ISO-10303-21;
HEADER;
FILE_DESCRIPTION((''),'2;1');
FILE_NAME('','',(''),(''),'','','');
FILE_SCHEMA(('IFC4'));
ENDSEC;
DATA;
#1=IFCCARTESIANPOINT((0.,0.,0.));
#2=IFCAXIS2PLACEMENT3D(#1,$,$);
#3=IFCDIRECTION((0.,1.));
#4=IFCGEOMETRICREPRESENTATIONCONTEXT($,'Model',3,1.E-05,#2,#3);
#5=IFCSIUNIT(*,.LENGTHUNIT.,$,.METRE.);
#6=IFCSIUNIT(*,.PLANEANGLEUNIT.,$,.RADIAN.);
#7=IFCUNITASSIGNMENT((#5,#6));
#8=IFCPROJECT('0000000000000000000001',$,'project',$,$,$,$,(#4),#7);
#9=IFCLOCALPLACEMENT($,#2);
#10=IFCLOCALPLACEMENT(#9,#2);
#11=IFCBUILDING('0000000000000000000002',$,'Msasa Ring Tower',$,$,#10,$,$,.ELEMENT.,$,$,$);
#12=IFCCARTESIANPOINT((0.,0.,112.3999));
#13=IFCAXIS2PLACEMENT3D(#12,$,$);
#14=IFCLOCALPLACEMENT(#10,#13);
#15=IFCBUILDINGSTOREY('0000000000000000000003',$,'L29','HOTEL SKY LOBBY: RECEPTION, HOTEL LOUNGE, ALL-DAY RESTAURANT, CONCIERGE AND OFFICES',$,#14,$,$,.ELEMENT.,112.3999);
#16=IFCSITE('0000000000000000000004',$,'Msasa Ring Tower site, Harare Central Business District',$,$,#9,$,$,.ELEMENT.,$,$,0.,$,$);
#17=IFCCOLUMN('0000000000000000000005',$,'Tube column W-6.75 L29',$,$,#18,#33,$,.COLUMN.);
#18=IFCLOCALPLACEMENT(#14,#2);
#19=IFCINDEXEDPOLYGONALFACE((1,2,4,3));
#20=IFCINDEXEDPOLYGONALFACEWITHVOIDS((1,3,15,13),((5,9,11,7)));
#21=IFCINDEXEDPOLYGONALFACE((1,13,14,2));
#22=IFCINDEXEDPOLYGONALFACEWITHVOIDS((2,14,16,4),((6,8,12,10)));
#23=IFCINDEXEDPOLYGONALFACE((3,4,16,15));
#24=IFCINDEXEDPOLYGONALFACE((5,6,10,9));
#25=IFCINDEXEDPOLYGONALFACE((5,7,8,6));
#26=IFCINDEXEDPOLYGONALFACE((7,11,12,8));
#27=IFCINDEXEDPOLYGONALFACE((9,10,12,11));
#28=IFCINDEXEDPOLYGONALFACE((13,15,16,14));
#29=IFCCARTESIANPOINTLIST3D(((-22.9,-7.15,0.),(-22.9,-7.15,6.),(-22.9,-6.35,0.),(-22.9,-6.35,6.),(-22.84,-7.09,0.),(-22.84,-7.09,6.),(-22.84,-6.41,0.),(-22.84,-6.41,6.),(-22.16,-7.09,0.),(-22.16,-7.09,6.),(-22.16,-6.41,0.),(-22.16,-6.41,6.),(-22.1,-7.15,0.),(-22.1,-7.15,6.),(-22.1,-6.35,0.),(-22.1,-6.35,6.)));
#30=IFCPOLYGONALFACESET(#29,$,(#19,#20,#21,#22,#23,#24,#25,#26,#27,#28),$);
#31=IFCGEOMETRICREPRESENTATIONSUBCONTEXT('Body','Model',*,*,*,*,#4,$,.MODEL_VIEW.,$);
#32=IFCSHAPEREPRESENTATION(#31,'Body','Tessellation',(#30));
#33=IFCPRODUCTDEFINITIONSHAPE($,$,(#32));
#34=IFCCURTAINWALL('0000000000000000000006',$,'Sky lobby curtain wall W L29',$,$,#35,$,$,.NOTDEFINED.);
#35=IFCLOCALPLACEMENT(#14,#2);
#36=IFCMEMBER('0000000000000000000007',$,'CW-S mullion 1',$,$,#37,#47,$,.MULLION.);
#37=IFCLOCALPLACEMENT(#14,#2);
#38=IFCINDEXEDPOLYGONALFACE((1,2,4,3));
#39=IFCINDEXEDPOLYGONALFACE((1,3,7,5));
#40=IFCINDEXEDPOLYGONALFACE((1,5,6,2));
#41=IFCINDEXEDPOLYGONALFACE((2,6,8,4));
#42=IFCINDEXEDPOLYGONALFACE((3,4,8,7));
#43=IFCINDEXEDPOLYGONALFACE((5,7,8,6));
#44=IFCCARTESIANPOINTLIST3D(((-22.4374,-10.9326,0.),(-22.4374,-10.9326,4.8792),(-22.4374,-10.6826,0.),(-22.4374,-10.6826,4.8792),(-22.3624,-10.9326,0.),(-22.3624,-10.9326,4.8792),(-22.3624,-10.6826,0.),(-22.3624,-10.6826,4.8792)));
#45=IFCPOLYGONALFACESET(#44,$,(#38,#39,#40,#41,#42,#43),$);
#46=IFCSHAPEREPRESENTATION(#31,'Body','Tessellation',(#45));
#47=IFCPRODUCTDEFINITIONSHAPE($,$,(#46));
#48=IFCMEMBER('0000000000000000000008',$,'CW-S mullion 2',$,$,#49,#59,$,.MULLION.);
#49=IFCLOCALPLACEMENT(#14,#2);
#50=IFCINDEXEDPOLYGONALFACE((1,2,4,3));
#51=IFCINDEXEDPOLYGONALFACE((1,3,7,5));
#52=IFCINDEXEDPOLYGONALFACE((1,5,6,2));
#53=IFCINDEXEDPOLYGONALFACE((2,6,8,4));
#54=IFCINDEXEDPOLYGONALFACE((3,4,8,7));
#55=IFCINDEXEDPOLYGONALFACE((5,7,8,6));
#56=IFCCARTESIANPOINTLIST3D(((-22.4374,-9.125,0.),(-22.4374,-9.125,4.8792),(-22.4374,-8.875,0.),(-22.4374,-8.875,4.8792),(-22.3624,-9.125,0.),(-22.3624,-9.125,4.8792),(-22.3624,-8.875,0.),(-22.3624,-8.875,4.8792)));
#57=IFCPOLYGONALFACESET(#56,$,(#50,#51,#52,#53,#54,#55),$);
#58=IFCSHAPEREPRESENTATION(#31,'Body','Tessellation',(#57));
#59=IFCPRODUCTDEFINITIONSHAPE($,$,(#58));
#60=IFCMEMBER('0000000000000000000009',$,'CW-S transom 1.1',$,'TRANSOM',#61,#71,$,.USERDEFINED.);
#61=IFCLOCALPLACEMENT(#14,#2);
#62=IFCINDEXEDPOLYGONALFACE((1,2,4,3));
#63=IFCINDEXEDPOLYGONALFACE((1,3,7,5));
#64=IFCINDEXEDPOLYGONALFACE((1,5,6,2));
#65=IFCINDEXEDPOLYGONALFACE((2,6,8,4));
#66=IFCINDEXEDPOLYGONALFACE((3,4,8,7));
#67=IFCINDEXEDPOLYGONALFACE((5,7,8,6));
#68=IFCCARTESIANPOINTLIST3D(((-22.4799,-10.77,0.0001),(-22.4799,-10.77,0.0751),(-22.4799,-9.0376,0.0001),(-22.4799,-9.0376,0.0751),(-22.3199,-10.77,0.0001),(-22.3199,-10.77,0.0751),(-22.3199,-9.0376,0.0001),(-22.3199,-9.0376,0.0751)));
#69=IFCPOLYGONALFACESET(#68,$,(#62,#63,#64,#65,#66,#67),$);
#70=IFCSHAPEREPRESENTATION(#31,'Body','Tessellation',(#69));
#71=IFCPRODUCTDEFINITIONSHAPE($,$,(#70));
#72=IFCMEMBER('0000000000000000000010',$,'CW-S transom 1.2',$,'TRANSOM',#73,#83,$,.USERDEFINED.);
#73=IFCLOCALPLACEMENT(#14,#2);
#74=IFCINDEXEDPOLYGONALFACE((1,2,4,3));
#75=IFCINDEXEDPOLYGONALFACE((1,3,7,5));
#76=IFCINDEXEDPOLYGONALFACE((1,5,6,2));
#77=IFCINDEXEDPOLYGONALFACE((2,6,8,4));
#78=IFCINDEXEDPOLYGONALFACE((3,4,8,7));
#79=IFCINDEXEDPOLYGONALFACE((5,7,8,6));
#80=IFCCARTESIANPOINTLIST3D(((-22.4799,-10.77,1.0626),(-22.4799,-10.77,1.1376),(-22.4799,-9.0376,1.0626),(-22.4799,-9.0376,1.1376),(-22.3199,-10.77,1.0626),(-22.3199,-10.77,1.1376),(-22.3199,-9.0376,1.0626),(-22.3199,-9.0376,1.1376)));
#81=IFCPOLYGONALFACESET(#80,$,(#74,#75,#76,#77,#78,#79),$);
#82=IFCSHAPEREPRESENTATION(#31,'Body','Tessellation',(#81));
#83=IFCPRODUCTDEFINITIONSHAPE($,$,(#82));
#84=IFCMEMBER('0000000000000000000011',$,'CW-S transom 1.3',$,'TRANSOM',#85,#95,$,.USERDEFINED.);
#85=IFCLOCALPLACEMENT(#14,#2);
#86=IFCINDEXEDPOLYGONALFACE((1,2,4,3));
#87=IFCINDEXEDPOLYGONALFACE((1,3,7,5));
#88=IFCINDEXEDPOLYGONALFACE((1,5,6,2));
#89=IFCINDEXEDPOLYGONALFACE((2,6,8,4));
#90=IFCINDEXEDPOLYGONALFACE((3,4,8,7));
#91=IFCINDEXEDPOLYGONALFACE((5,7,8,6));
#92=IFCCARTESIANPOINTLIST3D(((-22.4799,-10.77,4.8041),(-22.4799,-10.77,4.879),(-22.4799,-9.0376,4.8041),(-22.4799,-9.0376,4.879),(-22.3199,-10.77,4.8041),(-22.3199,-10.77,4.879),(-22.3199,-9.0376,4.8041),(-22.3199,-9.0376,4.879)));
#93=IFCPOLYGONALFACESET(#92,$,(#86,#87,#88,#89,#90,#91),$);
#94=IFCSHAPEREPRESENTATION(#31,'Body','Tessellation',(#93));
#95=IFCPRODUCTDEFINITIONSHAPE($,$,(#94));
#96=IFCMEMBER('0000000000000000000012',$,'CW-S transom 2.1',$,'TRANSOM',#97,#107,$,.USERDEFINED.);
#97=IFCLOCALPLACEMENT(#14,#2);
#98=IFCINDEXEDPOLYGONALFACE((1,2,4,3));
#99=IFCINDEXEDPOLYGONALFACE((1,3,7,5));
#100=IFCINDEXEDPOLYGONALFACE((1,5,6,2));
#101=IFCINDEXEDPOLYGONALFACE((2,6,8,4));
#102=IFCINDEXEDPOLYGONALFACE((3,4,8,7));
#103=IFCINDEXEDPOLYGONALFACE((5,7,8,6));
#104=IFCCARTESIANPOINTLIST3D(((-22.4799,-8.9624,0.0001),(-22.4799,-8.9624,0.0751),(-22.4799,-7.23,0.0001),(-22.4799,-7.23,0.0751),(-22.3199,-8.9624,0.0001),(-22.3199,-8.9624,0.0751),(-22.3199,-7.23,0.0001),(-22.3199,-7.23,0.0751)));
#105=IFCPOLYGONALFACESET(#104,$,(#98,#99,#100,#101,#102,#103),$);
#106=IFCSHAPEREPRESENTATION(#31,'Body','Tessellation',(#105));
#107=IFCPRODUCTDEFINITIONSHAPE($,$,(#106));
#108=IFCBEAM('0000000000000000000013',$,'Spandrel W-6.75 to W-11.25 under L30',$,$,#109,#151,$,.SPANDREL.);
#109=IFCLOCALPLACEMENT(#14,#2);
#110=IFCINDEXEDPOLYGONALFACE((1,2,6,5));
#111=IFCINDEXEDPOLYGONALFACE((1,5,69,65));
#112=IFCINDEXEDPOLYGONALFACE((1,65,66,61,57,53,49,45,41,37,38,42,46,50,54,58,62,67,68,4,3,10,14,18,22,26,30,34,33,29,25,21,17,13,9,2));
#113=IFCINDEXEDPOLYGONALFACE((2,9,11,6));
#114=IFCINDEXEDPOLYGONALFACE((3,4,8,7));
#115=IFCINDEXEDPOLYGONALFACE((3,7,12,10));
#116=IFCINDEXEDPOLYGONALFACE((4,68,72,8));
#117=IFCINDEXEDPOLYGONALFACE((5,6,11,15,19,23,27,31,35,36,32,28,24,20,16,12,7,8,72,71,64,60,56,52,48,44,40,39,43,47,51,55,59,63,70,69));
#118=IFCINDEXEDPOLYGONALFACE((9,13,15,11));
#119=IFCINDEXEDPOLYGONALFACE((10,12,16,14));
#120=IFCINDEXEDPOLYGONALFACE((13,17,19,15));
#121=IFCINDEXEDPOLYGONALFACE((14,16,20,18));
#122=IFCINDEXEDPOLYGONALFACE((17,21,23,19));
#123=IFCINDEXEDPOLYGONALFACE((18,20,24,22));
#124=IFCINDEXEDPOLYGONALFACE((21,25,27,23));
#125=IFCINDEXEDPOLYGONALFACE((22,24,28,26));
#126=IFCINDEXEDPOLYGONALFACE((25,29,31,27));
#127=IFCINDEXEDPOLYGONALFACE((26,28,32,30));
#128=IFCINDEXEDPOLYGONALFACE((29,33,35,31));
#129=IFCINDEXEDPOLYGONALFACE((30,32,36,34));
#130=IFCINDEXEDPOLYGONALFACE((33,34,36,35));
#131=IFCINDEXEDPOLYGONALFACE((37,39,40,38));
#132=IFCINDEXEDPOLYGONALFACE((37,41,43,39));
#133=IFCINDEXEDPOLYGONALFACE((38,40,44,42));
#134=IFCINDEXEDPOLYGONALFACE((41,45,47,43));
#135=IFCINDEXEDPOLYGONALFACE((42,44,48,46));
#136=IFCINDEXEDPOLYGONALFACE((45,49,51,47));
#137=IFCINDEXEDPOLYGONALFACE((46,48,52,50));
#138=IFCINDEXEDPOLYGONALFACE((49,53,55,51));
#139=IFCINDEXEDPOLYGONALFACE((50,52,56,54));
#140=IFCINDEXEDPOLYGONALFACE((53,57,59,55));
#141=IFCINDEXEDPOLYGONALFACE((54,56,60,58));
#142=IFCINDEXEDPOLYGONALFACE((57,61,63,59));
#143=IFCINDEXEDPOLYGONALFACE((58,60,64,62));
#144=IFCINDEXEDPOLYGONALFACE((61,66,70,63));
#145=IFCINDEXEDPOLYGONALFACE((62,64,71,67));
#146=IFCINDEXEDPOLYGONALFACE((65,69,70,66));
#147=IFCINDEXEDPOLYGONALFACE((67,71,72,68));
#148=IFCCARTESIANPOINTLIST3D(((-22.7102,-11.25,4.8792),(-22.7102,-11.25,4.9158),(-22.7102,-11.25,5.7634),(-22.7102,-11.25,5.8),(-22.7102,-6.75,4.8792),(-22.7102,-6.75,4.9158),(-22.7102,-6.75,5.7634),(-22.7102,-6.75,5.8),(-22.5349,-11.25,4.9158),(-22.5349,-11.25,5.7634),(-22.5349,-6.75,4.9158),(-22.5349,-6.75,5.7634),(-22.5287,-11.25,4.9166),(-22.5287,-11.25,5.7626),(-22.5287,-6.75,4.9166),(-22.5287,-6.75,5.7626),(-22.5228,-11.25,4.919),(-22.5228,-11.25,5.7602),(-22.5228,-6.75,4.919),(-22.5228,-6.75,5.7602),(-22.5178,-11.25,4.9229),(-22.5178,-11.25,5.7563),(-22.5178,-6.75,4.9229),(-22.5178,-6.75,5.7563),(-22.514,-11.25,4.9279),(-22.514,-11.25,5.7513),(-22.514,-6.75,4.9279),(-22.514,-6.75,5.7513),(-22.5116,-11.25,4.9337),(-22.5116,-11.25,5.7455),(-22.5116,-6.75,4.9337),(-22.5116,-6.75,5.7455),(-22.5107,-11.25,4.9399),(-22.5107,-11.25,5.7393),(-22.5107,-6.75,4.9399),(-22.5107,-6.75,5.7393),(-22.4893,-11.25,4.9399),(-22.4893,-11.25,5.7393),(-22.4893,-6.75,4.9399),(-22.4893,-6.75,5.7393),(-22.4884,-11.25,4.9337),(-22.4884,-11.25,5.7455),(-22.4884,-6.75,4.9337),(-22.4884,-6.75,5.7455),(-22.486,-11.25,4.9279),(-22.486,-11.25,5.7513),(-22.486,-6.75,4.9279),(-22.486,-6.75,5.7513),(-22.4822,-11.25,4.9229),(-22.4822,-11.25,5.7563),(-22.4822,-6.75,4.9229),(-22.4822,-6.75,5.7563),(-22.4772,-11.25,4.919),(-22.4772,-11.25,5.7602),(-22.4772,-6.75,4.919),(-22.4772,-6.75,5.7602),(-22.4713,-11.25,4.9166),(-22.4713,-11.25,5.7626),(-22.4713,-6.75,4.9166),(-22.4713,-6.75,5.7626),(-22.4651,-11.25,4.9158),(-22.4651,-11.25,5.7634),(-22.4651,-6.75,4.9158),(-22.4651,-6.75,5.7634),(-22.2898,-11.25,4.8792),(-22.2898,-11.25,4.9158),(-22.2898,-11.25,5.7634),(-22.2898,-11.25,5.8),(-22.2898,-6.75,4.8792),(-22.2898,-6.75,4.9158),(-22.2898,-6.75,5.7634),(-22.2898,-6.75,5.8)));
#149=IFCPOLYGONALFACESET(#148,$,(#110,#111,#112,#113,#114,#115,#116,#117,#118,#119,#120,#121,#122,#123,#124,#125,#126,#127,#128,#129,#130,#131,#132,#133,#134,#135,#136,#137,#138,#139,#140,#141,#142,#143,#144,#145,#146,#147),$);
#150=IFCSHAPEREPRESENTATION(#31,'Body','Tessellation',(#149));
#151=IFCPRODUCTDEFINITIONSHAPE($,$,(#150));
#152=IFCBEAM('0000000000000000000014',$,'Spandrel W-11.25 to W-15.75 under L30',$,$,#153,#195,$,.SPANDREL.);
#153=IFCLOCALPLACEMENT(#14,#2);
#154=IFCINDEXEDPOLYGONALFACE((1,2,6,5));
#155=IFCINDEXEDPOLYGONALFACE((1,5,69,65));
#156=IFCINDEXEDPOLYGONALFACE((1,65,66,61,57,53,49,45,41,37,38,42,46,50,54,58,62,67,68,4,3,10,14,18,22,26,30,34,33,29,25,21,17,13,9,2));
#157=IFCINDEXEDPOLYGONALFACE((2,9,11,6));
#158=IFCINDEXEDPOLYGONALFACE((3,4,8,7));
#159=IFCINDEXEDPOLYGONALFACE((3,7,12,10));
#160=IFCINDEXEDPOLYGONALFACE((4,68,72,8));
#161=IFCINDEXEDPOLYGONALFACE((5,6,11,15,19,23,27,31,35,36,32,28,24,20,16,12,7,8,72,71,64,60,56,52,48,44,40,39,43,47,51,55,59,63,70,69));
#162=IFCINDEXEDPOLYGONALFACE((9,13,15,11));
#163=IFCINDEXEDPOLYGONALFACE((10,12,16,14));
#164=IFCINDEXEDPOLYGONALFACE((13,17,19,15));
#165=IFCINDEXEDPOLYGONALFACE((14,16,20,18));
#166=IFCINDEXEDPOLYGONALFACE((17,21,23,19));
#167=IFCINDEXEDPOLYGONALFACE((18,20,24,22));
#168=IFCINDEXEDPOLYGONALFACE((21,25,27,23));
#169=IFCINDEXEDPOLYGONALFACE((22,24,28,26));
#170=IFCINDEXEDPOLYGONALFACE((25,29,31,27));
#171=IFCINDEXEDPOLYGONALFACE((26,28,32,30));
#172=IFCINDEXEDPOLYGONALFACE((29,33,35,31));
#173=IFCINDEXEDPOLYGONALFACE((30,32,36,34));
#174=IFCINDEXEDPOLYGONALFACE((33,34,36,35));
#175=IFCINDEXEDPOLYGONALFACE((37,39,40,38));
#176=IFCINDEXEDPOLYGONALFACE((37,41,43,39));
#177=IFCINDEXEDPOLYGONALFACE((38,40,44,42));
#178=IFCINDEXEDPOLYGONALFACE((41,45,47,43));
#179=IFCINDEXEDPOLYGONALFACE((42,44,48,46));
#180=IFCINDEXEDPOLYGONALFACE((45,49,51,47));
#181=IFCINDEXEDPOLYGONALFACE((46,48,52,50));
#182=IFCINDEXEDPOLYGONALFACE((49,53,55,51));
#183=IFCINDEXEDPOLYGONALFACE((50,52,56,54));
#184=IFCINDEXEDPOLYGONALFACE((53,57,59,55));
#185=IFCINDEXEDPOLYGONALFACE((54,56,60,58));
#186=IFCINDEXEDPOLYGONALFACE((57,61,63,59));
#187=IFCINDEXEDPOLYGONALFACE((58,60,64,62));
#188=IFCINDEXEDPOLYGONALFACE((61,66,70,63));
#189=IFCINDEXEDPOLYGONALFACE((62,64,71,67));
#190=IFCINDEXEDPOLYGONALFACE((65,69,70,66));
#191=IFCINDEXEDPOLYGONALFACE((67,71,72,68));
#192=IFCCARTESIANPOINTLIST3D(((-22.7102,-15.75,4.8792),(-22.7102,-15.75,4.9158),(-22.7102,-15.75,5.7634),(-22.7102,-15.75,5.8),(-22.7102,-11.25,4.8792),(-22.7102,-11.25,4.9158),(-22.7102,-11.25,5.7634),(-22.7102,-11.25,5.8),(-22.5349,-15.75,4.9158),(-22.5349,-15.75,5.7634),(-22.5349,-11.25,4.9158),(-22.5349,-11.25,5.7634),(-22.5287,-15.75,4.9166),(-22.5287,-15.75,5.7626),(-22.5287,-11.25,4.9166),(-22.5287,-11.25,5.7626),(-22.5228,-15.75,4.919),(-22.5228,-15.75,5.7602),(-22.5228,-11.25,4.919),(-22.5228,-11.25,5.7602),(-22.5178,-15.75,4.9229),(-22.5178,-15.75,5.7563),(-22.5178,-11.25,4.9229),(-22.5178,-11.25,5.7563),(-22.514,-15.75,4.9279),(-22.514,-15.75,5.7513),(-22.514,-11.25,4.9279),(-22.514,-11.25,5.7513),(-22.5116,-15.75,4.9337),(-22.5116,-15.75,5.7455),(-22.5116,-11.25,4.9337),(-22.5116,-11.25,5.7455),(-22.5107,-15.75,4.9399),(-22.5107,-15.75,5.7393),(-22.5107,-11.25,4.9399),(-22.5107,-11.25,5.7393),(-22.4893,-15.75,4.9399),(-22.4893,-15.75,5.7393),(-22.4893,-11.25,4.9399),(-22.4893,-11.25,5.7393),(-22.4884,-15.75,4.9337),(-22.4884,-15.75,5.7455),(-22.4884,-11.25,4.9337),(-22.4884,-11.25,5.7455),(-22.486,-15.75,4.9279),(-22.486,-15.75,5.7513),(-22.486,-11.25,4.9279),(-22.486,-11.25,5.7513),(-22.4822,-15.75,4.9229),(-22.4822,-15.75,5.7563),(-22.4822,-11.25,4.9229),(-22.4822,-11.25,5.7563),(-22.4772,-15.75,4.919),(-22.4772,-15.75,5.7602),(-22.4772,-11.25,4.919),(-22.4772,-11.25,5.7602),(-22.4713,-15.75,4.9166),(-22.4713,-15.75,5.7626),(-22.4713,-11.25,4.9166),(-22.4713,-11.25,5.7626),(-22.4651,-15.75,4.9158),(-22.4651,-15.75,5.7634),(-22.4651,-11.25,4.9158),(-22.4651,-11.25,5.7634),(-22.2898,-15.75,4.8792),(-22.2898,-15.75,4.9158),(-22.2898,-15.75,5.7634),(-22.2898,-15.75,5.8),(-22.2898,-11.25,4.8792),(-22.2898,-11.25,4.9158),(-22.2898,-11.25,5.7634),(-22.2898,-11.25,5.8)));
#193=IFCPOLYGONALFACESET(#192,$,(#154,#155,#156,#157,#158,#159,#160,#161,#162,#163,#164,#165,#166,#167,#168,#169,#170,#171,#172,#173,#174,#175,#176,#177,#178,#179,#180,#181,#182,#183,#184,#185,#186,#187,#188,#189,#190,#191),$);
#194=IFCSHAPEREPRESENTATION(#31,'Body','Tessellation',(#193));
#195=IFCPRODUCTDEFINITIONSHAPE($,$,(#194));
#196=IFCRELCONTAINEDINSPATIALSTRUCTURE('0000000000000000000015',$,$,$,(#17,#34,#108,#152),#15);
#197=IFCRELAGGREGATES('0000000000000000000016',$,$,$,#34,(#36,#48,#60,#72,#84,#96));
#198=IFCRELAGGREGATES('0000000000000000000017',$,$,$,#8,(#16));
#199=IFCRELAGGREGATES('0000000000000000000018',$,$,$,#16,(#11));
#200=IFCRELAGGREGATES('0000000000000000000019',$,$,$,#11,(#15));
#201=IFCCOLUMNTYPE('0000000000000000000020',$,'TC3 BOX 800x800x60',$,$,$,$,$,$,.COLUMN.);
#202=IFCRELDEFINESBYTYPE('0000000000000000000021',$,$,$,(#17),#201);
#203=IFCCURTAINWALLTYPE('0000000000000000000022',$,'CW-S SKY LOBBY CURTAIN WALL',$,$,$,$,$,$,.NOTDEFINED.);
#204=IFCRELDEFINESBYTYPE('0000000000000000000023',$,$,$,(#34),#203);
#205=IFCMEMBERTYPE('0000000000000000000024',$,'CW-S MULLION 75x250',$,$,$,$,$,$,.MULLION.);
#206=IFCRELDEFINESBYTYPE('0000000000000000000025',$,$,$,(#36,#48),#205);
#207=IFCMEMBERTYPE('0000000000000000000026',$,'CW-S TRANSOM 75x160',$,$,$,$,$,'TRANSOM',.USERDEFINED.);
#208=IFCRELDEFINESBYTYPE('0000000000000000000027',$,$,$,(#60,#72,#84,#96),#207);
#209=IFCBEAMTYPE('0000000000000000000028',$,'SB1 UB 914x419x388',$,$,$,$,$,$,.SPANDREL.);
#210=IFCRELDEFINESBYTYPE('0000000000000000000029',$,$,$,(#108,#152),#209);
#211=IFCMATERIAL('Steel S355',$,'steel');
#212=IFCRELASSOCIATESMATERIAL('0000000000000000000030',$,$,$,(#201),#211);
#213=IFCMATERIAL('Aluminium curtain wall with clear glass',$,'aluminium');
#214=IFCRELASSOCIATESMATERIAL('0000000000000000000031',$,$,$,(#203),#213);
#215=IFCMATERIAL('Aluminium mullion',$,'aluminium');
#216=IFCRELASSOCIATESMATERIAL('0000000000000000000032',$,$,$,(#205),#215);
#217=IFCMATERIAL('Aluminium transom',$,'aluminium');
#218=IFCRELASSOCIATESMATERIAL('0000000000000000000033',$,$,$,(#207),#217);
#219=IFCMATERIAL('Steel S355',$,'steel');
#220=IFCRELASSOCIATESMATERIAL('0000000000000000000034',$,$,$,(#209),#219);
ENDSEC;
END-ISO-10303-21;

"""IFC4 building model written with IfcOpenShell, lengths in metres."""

from ifc_helpers import new_model, si_unit, direction, frame, origin, origin_2d, place, context, subcontext, project, spatial, rectangle, hollow_rectangle, i_section, extrude, material, material_profile, profile_set, type_object, element, aggregate, save


model = new_model("IFC4")

# Units and contexts
model_context = context("Model", 3, precision=1e-05, world=origin(), true_north=direction((0.0, 1.0)))
body_context = subcontext(model_context, "Body", "Model", "MODEL_VIEW")
ifc_project = project(units=[si_unit("LENGTHUNIT", "METRE"), si_unit("PLANEANGLEUNIT", "RADIAN")], contexts=[model_context])

# Site, building, storey
site_placement = place(None, origin())
site = spatial("IfcSite", under=ifc_project, at=site_placement, Name="Msasa Ring Tower site, Harare Central Business District", CompositionType="ELEMENT", RefElevation=0.0)
building_placement = place(site_placement, origin())
building = spatial("IfcBuilding", under=site, at=building_placement, Name="Msasa Ring Tower", CompositionType="ELEMENT")
storey_placement = place(building_placement, frame((0.0, 0.0, 112.3999)))
storey = spatial("IfcBuildingStorey", under=building, at=storey_placement, Name="L29", Description="HOTEL SKY LOBBY: RECEPTION, HOTEL LOUNGE, ALL-DAY RESTAURANT, CONCIERGE AND OFFICES", CompositionType="ELEMENT", Elevation=112.3999)

# Column
ifc_material_1 = material(Name="Steel S355", Category="steel")
ifc_material_profile_1 = material_profile(ifc_material_1, hollow_rectangle(XDim=0.8, YDim=0.8, WallThickness=0.0601, at=origin_2d()), Name="BOX 800x800x60")
ifc_profile_set_1 = profile_set([ifc_material_profile_1], Name="Steel S355")
column_type = type_object("IfcColumnType", Name="TC3 BOX 800x800x60", PredefinedType="COLUMN", material=ifc_profile_set_1)
column_placement = place(storey_placement, frame((-22.5, -6.75, 0.0), z_axis=(0.0, 0.0, 1.0), x_axis=(1.0, 0.0, 0.0)))
element("IfcColumn", 1, at=column_placement, inside=storey, type_object=column_type, Name="Tube column W-6.75 L29", PredefinedType="COLUMN", context=body_context, shape_type="SweptSolid", body=[
    extrude(hollow_rectangle(XDim=0.8, YDim=0.8, WallThickness=0.0601, at=origin_2d()), origin(), (0.0, 0.0, 1.0), 6.0),
])

# Curtain wall, members
ifc_material_2 = material(Name="Aluminium curtain wall with clear glass", Category="aluminium")
curtain_wall_type = type_object("IfcCurtainWallType", Name="CW-S SKY LOBBY CURTAIN WALL", PredefinedType="NOTDEFINED", material=ifc_material_2)
curtain_wall_placement = place(storey_placement, origin())
curtain_wall = element("IfcCurtainWall", 2, at=curtain_wall_placement, inside=storey, type_object=curtain_wall_type, Name="Sky lobby curtain wall W L29", PredefinedType="NOTDEFINED")
ifc_material_3 = material(Name="Aluminium mullion", Category="aluminium")
ifc_material_profile_2 = material_profile(ifc_material_3, rectangle(XDim=0.075, YDim=0.25, at=origin_2d()), Name="AL 75x250")
ifc_profile_set_2 = profile_set([ifc_material_profile_2], Name="Aluminium mullion")
member_type_1 = type_object("IfcMemberType", Name="CW-S MULLION 75x250", PredefinedType="MULLION", material=ifc_profile_set_2)
member_1_placement = place(storey_placement, frame((-22.3999, -10.8076, 0.0), z_axis=(0.0, 0.0, 1.0), x_axis=(-1.0, 0.0, 0.0)))
member_1 = element("IfcMember", 3, at=member_1_placement, type_object=member_type_1, Name="CW-S mullion 1", PredefinedType="MULLION", context=body_context, shape_type="SweptSolid", body=[
    extrude(rectangle(XDim=0.075, YDim=0.25, at=origin_2d()), origin(), (0.0, 0.0, 1.0), 4.8792),
])
member_2_placement = place(storey_placement, frame((-22.3999, -9.0, 0.0), z_axis=(0.0, 0.0, 1.0), x_axis=(-1.0, 0.0, 0.0)))
member_2 = element("IfcMember", 4, at=member_2_placement, type_object=member_type_1, Name="CW-S mullion 2", PredefinedType="MULLION", context=body_context, shape_type="SweptSolid", body=[
    extrude(rectangle(XDim=0.075, YDim=0.25, at=origin_2d()), origin(), (0.0, 0.0, 1.0), 4.8792),
])
ifc_material_4 = material(Name="Aluminium transom", Category="aluminium")
ifc_material_profile_3 = material_profile(ifc_material_4, rectangle(XDim=0.1599, YDim=0.075, at=origin_2d()), Name="AL 75x160")
ifc_profile_set_3 = profile_set([ifc_material_profile_3], Name="Aluminium transom")
member_type_2 = type_object("IfcMemberType", Name="CW-S TRANSOM 75x160", ElementType="TRANSOM", PredefinedType="USERDEFINED", material=ifc_profile_set_3)
member_3_placement = place(storey_placement, frame((-22.3999, -10.77, 0.0376), z_axis=(0.0, 1.0, 0.0), x_axis=(-1.0, 0.0, 0.0)))
member_3 = element("IfcMember", 5, at=member_3_placement, type_object=member_type_2, Name="CW-S transom 1.1", ObjectType="TRANSOM", PredefinedType="USERDEFINED", context=body_context, shape_type="SweptSolid", body=[
    extrude(rectangle(XDim=0.1599, YDim=0.075, at=origin_2d()), origin(), (0.0, 0.0, 1.0), 1.7324),
])
member_4_placement = place(storey_placement, frame((-22.3999, -10.77, 1.1001), z_axis=(0.0, 1.0, 0.0), x_axis=(-1.0, 0.0, 0.0)))
member_4 = element("IfcMember", 6, at=member_4_placement, type_object=member_type_2, Name="CW-S transom 1.2", ObjectType="TRANSOM", PredefinedType="USERDEFINED", context=body_context, shape_type="SweptSolid", body=[
    extrude(rectangle(XDim=0.1599, YDim=0.075, at=origin_2d()), origin(), (0.0, 0.0, 1.0), 1.7324),
])
member_5_placement = place(storey_placement, frame((-22.3999, -10.77, 4.8416), z_axis=(0.0, 1.0, 0.0), x_axis=(-1.0, 0.0, 0.0)))
member_5 = element("IfcMember", 7, at=member_5_placement, type_object=member_type_2, Name="CW-S transom 1.3", ObjectType="TRANSOM", PredefinedType="USERDEFINED", context=body_context, shape_type="SweptSolid", body=[
    extrude(rectangle(XDim=0.1599, YDim=0.075, at=origin_2d()), origin(), (0.0, 0.0, 1.0), 1.7324),
])
member_6_placement = place(storey_placement, frame((-22.3999, -8.9624, 0.0376), z_axis=(0.0, 1.0, 0.0), x_axis=(-1.0, 0.0, 0.0)))
member_6 = element("IfcMember", 8, at=member_6_placement, type_object=member_type_2, Name="CW-S transom 2.1", ObjectType="TRANSOM", PredefinedType="USERDEFINED", context=body_context, shape_type="SweptSolid", body=[
    extrude(rectangle(XDim=0.1599, YDim=0.075, at=origin_2d()), origin(), (0.0, 0.0, 1.0), 1.7324),
])

# Beams
ifc_material_5 = material(Name="Steel S355", Category="steel")
ifc_material_profile_4 = material_profile(ifc_material_5, i_section(OverallWidth=0.4204, OverallDepth=0.9209, WebThickness=0.0215, FlangeThickness=0.0366, FilletRadius=0.0242, at=origin_2d()), Name="UB 914x419x388")
ifc_profile_set_4 = profile_set([ifc_material_profile_4], Name="Steel S355")
beam_type = type_object("IfcBeamType", Name="SB1 UB 914x419x388", PredefinedType="SPANDREL", material=ifc_profile_set_4)
for number, where, z_axis, x_axis, name in (
    (9, (-22.5, -6.75, 5.3396), (0.0, -1.0, 0.0), (1.0, 0.0, 0.0), "Spandrel W-6.75 to W-11.25 under L30"),
    (10, (-22.5, -11.25, 5.3396), (0.0, -1.0, 0.0), (1.0, 0.0, 0.0), "Spandrel W-11.25 to W-15.75 under L30"),
):
    element("IfcBeam", number, at=place(storey_placement, frame(where, z_axis=z_axis, x_axis=x_axis)), inside=storey, type_object=beam_type, Name=name, PredefinedType="SPANDREL", context=body_context, shape_type="SweptSolid", body=[
        extrude(i_section(OverallWidth=0.4204, OverallDepth=0.9209, WebThickness=0.0215, FlangeThickness=0.0366, FilletRadius=0.0242, at=origin_2d()), origin(), (0.0, 0.0, 1.0), 4.5),
    ])

aggregate(curtain_wall, [member_1, member_2, member_3, member_4, member_5, member_6])

save(model, "model.ifc")
